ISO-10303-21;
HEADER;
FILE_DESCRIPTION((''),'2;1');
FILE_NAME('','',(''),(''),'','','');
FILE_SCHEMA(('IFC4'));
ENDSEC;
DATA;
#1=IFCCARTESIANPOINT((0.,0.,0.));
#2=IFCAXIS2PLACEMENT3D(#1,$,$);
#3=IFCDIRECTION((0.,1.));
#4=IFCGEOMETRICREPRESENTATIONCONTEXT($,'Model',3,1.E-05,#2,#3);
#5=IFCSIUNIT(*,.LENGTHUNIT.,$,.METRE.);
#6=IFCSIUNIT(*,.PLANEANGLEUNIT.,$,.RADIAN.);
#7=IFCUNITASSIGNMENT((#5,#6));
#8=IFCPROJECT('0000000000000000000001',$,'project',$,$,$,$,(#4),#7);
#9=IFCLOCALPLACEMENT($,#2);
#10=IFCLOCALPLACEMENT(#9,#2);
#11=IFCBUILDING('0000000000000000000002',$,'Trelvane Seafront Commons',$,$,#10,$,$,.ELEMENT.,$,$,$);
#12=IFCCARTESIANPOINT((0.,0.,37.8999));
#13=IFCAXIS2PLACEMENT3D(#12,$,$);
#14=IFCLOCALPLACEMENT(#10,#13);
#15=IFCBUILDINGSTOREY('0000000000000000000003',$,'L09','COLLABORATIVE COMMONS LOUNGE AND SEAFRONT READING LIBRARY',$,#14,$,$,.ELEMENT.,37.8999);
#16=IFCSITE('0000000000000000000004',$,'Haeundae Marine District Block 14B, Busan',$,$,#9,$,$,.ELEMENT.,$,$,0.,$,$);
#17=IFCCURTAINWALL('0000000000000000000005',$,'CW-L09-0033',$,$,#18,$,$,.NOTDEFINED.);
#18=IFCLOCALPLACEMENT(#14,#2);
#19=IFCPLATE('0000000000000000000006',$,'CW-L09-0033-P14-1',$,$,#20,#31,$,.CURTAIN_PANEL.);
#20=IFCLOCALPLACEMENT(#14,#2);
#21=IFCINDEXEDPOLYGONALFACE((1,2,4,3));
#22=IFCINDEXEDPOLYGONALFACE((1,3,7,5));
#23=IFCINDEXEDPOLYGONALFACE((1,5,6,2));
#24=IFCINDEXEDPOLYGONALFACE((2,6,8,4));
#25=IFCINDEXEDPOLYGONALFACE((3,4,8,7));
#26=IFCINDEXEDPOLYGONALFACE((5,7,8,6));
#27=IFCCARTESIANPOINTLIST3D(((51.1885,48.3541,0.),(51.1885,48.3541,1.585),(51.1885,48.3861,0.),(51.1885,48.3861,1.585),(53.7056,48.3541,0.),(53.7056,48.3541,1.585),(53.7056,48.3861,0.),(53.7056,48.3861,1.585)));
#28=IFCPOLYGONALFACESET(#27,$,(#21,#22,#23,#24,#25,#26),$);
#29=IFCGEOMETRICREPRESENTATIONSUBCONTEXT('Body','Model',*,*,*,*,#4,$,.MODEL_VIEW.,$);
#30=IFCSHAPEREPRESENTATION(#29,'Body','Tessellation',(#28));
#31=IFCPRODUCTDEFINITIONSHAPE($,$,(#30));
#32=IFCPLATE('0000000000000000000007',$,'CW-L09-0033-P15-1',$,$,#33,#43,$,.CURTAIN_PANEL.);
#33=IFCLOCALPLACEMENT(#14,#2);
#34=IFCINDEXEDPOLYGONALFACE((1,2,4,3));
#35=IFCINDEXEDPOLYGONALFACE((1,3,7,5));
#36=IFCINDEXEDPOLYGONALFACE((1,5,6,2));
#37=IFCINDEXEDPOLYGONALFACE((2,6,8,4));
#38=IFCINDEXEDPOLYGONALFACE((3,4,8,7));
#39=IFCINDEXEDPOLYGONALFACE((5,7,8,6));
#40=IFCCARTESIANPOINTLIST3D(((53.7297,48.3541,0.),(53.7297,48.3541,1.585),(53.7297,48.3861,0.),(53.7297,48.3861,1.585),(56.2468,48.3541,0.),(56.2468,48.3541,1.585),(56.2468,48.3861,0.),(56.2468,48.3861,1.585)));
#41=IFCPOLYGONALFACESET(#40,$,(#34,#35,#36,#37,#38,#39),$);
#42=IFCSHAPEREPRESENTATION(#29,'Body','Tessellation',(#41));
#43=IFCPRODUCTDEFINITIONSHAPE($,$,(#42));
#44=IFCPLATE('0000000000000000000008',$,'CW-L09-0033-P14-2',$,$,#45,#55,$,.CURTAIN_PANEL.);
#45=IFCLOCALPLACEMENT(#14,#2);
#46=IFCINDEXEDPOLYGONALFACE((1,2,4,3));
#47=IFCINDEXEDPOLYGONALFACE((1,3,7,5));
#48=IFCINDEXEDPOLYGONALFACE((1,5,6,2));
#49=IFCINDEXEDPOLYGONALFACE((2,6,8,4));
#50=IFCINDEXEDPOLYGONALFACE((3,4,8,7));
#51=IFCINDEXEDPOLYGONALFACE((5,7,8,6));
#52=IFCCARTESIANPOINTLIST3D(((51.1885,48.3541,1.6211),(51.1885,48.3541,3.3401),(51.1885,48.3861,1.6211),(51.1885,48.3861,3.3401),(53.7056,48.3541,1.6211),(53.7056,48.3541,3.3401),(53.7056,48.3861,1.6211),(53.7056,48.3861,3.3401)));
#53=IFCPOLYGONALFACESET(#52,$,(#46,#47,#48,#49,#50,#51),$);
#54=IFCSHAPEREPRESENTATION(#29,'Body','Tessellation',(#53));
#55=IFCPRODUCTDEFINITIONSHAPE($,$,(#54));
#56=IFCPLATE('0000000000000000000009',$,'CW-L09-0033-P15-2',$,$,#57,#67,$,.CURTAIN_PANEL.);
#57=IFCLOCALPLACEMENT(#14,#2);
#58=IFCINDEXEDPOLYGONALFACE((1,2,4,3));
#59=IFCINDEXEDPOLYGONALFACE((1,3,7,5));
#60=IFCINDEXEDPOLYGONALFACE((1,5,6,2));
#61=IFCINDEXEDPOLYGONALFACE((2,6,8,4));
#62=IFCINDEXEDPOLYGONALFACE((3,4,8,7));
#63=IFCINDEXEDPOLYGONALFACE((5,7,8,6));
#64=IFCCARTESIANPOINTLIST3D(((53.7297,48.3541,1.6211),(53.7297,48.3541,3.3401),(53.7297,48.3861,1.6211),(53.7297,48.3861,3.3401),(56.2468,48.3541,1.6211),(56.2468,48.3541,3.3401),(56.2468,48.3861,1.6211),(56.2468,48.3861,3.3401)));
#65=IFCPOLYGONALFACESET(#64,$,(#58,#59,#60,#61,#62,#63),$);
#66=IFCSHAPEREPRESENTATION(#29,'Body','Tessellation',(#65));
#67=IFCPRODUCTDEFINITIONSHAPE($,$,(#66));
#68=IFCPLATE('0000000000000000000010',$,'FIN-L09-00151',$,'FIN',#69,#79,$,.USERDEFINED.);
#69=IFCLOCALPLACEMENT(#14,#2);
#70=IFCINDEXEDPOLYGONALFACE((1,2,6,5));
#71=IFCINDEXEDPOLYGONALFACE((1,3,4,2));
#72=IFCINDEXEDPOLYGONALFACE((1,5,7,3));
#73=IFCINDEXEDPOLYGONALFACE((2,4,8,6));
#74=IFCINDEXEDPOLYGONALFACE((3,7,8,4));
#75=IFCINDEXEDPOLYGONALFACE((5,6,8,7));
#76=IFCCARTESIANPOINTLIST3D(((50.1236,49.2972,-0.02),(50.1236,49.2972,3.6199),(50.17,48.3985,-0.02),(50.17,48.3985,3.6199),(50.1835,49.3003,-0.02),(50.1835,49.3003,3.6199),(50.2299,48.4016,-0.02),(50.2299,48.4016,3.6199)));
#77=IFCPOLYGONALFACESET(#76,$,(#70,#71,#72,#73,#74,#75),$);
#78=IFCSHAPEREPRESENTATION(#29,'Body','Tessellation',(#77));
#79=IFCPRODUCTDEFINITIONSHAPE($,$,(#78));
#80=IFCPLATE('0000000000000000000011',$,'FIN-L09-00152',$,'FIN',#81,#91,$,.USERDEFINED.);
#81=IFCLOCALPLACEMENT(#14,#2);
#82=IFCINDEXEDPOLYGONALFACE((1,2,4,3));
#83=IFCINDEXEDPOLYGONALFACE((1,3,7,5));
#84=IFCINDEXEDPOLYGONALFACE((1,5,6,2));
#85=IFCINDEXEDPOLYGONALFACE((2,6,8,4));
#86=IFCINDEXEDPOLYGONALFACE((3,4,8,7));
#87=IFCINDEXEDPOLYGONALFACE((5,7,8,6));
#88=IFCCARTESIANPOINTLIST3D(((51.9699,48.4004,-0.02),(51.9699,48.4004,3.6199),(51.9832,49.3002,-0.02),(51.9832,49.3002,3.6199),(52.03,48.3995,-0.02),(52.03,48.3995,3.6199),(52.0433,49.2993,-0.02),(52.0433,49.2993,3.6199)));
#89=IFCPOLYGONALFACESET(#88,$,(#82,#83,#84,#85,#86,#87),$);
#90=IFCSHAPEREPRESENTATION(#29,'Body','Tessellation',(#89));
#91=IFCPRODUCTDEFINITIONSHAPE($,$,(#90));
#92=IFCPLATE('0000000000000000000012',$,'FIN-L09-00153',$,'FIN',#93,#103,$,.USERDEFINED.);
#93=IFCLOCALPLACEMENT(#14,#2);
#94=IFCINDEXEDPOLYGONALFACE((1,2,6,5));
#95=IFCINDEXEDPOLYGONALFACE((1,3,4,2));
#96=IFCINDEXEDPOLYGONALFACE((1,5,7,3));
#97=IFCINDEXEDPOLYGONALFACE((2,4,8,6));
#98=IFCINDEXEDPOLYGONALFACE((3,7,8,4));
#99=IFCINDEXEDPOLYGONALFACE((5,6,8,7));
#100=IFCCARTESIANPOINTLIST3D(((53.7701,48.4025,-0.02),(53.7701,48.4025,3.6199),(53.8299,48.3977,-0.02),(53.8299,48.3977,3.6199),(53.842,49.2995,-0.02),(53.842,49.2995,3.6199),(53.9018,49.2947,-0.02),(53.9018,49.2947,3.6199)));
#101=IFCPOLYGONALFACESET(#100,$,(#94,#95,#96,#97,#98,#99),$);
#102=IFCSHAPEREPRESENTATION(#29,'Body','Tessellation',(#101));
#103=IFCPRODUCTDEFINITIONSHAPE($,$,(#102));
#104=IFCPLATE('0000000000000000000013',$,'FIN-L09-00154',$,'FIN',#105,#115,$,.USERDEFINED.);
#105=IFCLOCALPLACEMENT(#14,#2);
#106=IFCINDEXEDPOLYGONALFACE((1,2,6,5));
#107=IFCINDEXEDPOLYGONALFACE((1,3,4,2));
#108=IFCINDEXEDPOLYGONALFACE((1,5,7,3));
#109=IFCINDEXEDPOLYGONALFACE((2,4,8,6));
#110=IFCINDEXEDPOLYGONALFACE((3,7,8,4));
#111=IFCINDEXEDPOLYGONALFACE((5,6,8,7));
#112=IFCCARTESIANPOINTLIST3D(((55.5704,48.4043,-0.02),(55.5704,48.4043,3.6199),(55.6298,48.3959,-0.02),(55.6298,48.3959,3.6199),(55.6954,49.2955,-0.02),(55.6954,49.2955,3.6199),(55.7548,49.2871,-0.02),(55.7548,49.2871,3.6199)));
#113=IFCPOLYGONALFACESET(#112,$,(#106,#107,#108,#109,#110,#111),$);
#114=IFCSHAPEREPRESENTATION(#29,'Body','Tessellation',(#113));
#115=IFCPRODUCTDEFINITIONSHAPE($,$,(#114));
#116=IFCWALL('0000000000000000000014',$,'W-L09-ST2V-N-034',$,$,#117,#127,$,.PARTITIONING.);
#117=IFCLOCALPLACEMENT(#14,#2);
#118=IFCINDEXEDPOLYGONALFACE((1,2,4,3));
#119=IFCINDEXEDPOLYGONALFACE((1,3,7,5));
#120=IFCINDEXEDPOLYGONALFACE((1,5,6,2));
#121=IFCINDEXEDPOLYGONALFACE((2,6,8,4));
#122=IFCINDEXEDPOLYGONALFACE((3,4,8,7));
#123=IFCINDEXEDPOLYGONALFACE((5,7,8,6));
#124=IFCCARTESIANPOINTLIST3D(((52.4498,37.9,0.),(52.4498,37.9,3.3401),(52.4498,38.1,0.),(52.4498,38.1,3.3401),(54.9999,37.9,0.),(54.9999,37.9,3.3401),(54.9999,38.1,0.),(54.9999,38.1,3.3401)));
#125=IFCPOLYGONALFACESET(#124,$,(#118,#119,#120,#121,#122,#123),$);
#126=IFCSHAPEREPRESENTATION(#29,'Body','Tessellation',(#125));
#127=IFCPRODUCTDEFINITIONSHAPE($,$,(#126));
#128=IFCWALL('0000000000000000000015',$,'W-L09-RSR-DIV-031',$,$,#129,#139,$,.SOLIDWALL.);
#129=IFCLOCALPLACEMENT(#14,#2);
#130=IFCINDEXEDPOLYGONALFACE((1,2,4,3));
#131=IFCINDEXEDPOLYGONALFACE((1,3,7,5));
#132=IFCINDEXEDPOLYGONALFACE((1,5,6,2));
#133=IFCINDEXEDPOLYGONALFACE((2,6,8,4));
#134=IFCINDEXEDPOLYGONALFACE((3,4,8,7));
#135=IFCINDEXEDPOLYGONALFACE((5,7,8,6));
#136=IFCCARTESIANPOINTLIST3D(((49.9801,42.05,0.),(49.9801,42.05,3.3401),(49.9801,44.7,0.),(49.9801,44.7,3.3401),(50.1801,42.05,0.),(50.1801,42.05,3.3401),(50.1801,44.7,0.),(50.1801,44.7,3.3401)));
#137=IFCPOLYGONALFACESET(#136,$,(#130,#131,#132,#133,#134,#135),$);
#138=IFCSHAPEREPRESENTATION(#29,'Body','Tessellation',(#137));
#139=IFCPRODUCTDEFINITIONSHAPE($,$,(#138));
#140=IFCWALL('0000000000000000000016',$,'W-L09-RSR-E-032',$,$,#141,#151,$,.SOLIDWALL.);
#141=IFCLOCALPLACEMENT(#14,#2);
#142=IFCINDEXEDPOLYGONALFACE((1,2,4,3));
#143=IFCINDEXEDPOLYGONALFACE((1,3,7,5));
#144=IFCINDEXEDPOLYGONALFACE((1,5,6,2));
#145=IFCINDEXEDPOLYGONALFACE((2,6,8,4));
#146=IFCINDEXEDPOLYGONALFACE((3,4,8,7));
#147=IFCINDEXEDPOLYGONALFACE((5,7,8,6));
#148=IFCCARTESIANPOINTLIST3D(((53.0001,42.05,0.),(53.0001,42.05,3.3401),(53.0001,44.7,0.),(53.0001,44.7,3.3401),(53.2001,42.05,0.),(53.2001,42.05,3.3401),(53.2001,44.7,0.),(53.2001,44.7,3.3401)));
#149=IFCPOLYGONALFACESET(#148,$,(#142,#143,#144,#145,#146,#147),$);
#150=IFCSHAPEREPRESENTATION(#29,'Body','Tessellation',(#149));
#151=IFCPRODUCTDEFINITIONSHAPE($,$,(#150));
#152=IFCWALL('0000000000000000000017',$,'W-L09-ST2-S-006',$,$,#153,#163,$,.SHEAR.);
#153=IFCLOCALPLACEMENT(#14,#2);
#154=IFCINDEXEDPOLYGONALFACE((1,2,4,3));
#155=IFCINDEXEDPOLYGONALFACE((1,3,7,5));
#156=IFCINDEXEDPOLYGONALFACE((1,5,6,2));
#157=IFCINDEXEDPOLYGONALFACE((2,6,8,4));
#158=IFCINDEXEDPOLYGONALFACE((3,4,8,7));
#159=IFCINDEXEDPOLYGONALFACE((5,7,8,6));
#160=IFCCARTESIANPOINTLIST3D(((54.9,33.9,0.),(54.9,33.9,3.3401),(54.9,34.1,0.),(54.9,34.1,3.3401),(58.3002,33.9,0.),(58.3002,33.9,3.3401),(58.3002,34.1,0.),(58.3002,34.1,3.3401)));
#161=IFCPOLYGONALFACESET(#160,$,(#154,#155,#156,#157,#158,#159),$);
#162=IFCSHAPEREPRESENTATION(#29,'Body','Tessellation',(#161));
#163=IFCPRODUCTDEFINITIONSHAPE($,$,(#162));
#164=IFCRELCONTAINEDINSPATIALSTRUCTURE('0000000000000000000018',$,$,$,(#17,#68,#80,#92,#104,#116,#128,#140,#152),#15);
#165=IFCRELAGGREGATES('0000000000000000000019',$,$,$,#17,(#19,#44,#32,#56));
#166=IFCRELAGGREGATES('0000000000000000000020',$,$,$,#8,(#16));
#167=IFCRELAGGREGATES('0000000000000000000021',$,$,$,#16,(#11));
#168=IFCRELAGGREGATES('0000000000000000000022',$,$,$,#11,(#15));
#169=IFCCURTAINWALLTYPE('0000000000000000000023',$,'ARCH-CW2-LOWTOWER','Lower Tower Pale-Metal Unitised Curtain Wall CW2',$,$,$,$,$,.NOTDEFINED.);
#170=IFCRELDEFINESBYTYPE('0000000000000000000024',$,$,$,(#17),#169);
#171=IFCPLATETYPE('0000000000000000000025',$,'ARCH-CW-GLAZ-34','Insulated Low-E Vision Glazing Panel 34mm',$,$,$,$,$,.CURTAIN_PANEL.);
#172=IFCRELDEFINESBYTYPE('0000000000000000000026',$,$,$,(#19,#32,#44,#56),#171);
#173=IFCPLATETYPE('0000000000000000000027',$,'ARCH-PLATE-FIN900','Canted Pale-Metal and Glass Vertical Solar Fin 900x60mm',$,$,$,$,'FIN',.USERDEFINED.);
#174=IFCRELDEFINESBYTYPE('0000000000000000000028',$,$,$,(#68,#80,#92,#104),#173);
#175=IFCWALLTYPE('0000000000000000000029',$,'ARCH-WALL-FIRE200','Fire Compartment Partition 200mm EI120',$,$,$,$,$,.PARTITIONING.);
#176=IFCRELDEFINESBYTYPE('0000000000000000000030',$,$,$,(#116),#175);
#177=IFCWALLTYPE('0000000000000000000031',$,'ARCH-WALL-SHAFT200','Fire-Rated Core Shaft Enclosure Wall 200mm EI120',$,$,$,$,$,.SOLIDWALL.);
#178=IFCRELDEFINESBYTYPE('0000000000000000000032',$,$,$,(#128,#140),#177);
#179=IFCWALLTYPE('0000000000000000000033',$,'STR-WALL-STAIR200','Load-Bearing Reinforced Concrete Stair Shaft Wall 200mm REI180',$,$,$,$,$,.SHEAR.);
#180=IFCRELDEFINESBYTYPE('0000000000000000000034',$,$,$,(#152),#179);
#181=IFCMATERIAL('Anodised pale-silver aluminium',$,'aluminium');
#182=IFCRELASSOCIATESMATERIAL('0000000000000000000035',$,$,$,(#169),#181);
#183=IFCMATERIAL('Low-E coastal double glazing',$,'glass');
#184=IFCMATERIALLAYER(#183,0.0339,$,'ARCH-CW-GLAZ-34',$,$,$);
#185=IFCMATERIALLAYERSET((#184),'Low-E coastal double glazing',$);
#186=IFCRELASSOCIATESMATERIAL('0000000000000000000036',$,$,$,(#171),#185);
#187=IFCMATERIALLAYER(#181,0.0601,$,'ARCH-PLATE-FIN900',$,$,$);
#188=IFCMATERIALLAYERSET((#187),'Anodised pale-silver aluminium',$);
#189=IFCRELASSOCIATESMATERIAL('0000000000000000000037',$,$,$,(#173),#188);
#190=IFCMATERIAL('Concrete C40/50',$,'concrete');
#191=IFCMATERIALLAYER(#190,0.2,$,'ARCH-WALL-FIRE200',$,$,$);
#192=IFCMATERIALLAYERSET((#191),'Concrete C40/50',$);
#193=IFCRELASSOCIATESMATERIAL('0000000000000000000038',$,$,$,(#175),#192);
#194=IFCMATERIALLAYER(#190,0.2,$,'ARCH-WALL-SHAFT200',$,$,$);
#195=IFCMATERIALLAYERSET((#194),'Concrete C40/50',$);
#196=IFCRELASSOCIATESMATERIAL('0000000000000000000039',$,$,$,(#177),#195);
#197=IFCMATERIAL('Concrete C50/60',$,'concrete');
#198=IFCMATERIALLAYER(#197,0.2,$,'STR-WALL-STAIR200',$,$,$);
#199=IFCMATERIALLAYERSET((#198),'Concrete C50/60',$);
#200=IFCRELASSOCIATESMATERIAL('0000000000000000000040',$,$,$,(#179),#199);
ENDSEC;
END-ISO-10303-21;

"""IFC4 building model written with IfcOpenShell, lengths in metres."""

from ifc_helpers import new_model, si_unit, direction, frame, frame_2d, origin, origin_2d, place, context, subcontext, project, spatial, rectangle, extrude, source, transform, mapped, material, layer, layer_set, type_object, element, aggregate, save


model = new_model("IFC4")

# Units and contexts
model_context = context("Model", 3, precision=1e-05, world=origin(), true_north=direction((0.0, 1.0)))
body_context = subcontext(model_context, "Body", "Model", "MODEL_VIEW")
ifc_project = project(units=[si_unit("LENGTHUNIT", "METRE"), si_unit("PLANEANGLEUNIT", "RADIAN")], contexts=[model_context])

# Site, building, storey
site_placement = place(None, origin())
site = spatial("IfcSite", under=ifc_project, at=site_placement, Name="Haeundae Marine District Block 14B, Busan", CompositionType="ELEMENT", RefElevation=0.0)
building_placement = place(site_placement, origin())
building = spatial("IfcBuilding", under=site, at=building_placement, Name="Trelvane Seafront Commons", CompositionType="ELEMENT")
storey_placement = place(building_placement, frame((0.0, 0.0, 37.8999)))
storey = spatial("IfcBuildingStorey", under=building, at=storey_placement, Name="L09", Description="COLLABORATIVE COMMONS LOUNGE AND SEAFRONT READING LIBRARY", CompositionType="ELEMENT", Elevation=37.8999)

# Curtain wall, plates
ifc_material_1 = material(Name="Anodised pale-silver aluminium", Category="aluminium")
curtain_wall_type = type_object("IfcCurtainWallType", Name="ARCH-CW2-LOWTOWER", Description="Lower Tower Pale-Metal Unitised Curtain Wall CW2", PredefinedType="NOTDEFINED", material=ifc_material_1)
curtain_wall_placement = place(storey_placement, origin())
curtain_wall = element("IfcCurtainWall", 1, at=curtain_wall_placement, inside=storey, type_object=curtain_wall_type, Name="CW-L09-0033", PredefinedType="NOTDEFINED")
ifc_material_2 = material(Name="Low-E coastal double glazing", Category="glass")
ifc_layer_1 = layer(ifc_material_2, 0.0339, Name="ARCH-CW-GLAZ-34")
ifc_layer_set_1 = layer_set([ifc_layer_1], Name="Low-E coastal double glazing")
plate_type_1 = type_object("IfcPlateType", Name="ARCH-CW-GLAZ-34", Description="Insulated Low-E Vision Glazing Panel 34mm", PredefinedType="CURTAIN_PANEL", material=ifc_layer_set_1)
shared_shape_1 = source(origin(), body_context, "Body", "SweptSolid", [
    extrude(rectangle(XDim=2.5171, YDim=0.032, at=origin_2d()), origin(), (0.0, 0.0, 1.0), 1.585),
])
plate_1_placement = place(storey_placement, frame((52.447, 48.3701, 0.0), z_axis=(0.0, 0.0, 1.0), x_axis=(1.0, 0.0, 0.0)))
plate_1 = element("IfcPlate", 2, at=plate_1_placement, type_object=plate_type_1, Name="CW-L09-0033-P14-1", PredefinedType="CURTAIN_PANEL", context=body_context, shape_type="MappedRepresentation", body=[
    mapped(shared_shape_1, transform((0.0, 0.0, 0.0), x_axis=(1.0, 0.0, 0.0), y_axis=(0.0, 1.0, 0.0), z_axis=(0.0, 0.0, 1.0), scale=1.0)),
])
plate_2_placement = place(storey_placement, frame((54.9883, 48.3701, 0.0), z_axis=(0.0, 0.0, 1.0), x_axis=(1.0, 0.0, 0.0)))
plate_2 = element("IfcPlate", 3, at=plate_2_placement, type_object=plate_type_1, Name="CW-L09-0033-P15-1", PredefinedType="CURTAIN_PANEL", context=body_context, shape_type="MappedRepresentation", body=[
    mapped(shared_shape_1, transform((0.0, 0.0, 0.0), x_axis=(1.0, 0.0, 0.0), y_axis=(0.0, 1.0, 0.0), z_axis=(0.0, 0.0, 1.0), scale=1.0)),
])
shared_shape_2 = source(origin(), body_context, "Body", "SweptSolid", [
    extrude(rectangle(XDim=2.5171, YDim=0.032, at=origin_2d()), origin(), (0.0, 0.0, 1.0), 1.719),
])
plate_3_placement = place(storey_placement, frame((52.447, 48.3701, 1.6211), z_axis=(0.0, 0.0, 1.0), x_axis=(1.0, 0.0, 0.0)))
plate_3 = element("IfcPlate", 4, at=plate_3_placement, type_object=plate_type_1, Name="CW-L09-0033-P14-2", PredefinedType="CURTAIN_PANEL", context=body_context, shape_type="MappedRepresentation", body=[
    mapped(shared_shape_2, transform((0.0, 0.0, 0.0), x_axis=(1.0, 0.0, 0.0), y_axis=(0.0, 1.0, 0.0), z_axis=(0.0, 0.0, 1.0), scale=1.0)),
])
plate_4_placement = place(storey_placement, frame((54.9883, 48.3701, 1.6211), z_axis=(0.0, 0.0, 1.0), x_axis=(1.0, 0.0, 0.0)))
plate_4 = element("IfcPlate", 5, at=plate_4_placement, type_object=plate_type_1, Name="CW-L09-0033-P15-2", PredefinedType="CURTAIN_PANEL", context=body_context, shape_type="MappedRepresentation", body=[
    mapped(shared_shape_2, transform((0.0, 0.0, 0.0), x_axis=(1.0, 0.0, 0.0), y_axis=(0.0, 1.0, 0.0), z_axis=(0.0, 0.0, 1.0), scale=1.0)),
])
aggregate(curtain_wall, [plate_1, plate_3, plate_2, plate_4])

# Plates
ifc_layer_2 = layer(ifc_material_1, 0.0601, Name="ARCH-PLATE-FIN900")
ifc_layer_set_2 = layer_set([ifc_layer_2], Name="Anodised pale-silver aluminium")
plate_type_2 = type_object("IfcPlateType", Name="ARCH-PLATE-FIN900", Description="Canted Pale-Metal and Glass Vertical Solar Fin 900x60mm", ElementType="FIN", PredefinedType="USERDEFINED", material=ifc_layer_set_2)
shared_shape_3 = source(origin(), body_context, "Body", "SweptSolid", [
    extrude(rectangle(XDim=0.8999, YDim=0.0601, at=origin_2d()), origin(), (0.0, 0.0, 1.0), 3.6399),
])
for number, where, z_axis, x_axis, name in (
    (6, (50.1768, 48.8494, -0.02), (0.0, 0.0, 1.0), (-0.051555, 0.99867, 0.0), "FIN-L09-00151"),
    (7, (52.0066, 48.8499, -0.02), (0.0, 0.0, 1.0), (0.014777, 0.999891, 0.0), "FIN-L09-00152"),
    (8, (53.8359, 48.8486, -0.02), (0.0, 0.0, 1.0), (0.079891, 0.996804, 0.0), "FIN-L09-00153"),
    (9, (55.6626, 48.8457, -0.02), (0.0, 0.0, 1.0), (0.138886, 0.990308, 0.0), "FIN-L09-00154"),
):
    element("IfcPlate", number, at=place(storey_placement, frame(where, z_axis=z_axis, x_axis=x_axis)), inside=storey, type_object=plate_type_2, Name=name, ObjectType="FIN", PredefinedType="USERDEFINED", context=body_context, shape_type="MappedRepresentation", body=[
        mapped(shared_shape_3, transform((0.0, 0.0, 0.0), x_axis=(1.0, 0.0, 0.0), y_axis=(0.0, 1.0, 0.0), z_axis=(0.0, 0.0, 1.0), scale=1.0)),
    ])

# Walls
ifc_material_3 = material(Name="Concrete C40/50", Category="concrete")
ifc_layer_3 = layer(ifc_material_3, 0.2, Name="ARCH-WALL-FIRE200")
ifc_layer_set_3 = layer_set([ifc_layer_3], Name="Concrete C40/50")
wall_type_1 = type_object("IfcWallType", Name="ARCH-WALL-FIRE200", Description="Fire Compartment Partition 200mm EI120", PredefinedType="PARTITIONING", material=ifc_layer_set_3)
wall_1_placement = place(storey_placement, frame((52.45, 38.0, 0.0), z_axis=(0.0, 0.0, 1.0), x_axis=(1.0, 0.0, 0.0)))
element("IfcWall", 10, at=wall_1_placement, inside=storey, type_object=wall_type_1, Name="W-L09-ST2V-N-034", PredefinedType="PARTITIONING", context=body_context, shape_type="SweptSolid", body=[
    extrude(rectangle(XDim=2.55, YDim=0.2, at=frame_2d((1.2749, 0.0))), origin(), (0.0, 0.0, 1.0), 3.3401),
])
ifc_layer_4 = layer(ifc_material_3, 0.2, Name="ARCH-WALL-SHAFT200")
ifc_layer_set_4 = layer_set([ifc_layer_4], Name="Concrete C40/50")
wall_type_2 = type_object("IfcWallType", Name="ARCH-WALL-SHAFT200", Description="Fire-Rated Core Shaft Enclosure Wall 200mm EI120", PredefinedType="SOLIDWALL", material=ifc_layer_set_4)
for number, where, z_axis, x_axis, name in (
    (11, (50.0801, 42.05, 0.0), (0.0, 0.0, 1.0), (0.0, 1.0, 0.0), "W-L09-RSR-DIV-031"),
    (12, (53.1001, 42.05, 0.0), (0.0, 0.0, 1.0), (0.0, 1.0, 0.0), "W-L09-RSR-E-032"),
):
    element("IfcWall", number, at=place(storey_placement, frame(where, z_axis=z_axis, x_axis=x_axis)), inside=storey, type_object=wall_type_2, Name=name, PredefinedType="SOLIDWALL", context=body_context, shape_type="SweptSolid", body=[
        extrude(rectangle(XDim=2.6499, YDim=0.2, at=frame_2d((1.325, 0.0))), origin(), (0.0, 0.0, 1.0), 3.3401),
    ])
ifc_material_4 = material(Name="Concrete C50/60", Category="concrete")
ifc_layer_5 = layer(ifc_material_4, 0.2, Name="STR-WALL-STAIR200")
ifc_layer_set_5 = layer_set([ifc_layer_5], Name="Concrete C50/60")
wall_type_3 = type_object("IfcWallType", Name="STR-WALL-STAIR200", Description="Load-Bearing Reinforced Concrete Stair Shaft Wall 200mm REI180", PredefinedType="SHEAR", material=ifc_layer_set_5)
wall_2_placement = place(storey_placement, frame((54.8999, 34.0, 0.0), z_axis=(0.0, 0.0, 1.0), x_axis=(1.0, 0.0, 0.0)))
element("IfcWall", 13, at=wall_2_placement, inside=storey, type_object=wall_type_3, Name="W-L09-ST2-S-006", PredefinedType="SHEAR", context=body_context, shape_type="SweptSolid", body=[
    extrude(rectangle(XDim=3.4001, YDim=0.2, at=frame_2d((1.7002, 0.0))), origin(), (0.0, 0.0, 1.0), 3.3401),
])

save(model, "model.ifc")
